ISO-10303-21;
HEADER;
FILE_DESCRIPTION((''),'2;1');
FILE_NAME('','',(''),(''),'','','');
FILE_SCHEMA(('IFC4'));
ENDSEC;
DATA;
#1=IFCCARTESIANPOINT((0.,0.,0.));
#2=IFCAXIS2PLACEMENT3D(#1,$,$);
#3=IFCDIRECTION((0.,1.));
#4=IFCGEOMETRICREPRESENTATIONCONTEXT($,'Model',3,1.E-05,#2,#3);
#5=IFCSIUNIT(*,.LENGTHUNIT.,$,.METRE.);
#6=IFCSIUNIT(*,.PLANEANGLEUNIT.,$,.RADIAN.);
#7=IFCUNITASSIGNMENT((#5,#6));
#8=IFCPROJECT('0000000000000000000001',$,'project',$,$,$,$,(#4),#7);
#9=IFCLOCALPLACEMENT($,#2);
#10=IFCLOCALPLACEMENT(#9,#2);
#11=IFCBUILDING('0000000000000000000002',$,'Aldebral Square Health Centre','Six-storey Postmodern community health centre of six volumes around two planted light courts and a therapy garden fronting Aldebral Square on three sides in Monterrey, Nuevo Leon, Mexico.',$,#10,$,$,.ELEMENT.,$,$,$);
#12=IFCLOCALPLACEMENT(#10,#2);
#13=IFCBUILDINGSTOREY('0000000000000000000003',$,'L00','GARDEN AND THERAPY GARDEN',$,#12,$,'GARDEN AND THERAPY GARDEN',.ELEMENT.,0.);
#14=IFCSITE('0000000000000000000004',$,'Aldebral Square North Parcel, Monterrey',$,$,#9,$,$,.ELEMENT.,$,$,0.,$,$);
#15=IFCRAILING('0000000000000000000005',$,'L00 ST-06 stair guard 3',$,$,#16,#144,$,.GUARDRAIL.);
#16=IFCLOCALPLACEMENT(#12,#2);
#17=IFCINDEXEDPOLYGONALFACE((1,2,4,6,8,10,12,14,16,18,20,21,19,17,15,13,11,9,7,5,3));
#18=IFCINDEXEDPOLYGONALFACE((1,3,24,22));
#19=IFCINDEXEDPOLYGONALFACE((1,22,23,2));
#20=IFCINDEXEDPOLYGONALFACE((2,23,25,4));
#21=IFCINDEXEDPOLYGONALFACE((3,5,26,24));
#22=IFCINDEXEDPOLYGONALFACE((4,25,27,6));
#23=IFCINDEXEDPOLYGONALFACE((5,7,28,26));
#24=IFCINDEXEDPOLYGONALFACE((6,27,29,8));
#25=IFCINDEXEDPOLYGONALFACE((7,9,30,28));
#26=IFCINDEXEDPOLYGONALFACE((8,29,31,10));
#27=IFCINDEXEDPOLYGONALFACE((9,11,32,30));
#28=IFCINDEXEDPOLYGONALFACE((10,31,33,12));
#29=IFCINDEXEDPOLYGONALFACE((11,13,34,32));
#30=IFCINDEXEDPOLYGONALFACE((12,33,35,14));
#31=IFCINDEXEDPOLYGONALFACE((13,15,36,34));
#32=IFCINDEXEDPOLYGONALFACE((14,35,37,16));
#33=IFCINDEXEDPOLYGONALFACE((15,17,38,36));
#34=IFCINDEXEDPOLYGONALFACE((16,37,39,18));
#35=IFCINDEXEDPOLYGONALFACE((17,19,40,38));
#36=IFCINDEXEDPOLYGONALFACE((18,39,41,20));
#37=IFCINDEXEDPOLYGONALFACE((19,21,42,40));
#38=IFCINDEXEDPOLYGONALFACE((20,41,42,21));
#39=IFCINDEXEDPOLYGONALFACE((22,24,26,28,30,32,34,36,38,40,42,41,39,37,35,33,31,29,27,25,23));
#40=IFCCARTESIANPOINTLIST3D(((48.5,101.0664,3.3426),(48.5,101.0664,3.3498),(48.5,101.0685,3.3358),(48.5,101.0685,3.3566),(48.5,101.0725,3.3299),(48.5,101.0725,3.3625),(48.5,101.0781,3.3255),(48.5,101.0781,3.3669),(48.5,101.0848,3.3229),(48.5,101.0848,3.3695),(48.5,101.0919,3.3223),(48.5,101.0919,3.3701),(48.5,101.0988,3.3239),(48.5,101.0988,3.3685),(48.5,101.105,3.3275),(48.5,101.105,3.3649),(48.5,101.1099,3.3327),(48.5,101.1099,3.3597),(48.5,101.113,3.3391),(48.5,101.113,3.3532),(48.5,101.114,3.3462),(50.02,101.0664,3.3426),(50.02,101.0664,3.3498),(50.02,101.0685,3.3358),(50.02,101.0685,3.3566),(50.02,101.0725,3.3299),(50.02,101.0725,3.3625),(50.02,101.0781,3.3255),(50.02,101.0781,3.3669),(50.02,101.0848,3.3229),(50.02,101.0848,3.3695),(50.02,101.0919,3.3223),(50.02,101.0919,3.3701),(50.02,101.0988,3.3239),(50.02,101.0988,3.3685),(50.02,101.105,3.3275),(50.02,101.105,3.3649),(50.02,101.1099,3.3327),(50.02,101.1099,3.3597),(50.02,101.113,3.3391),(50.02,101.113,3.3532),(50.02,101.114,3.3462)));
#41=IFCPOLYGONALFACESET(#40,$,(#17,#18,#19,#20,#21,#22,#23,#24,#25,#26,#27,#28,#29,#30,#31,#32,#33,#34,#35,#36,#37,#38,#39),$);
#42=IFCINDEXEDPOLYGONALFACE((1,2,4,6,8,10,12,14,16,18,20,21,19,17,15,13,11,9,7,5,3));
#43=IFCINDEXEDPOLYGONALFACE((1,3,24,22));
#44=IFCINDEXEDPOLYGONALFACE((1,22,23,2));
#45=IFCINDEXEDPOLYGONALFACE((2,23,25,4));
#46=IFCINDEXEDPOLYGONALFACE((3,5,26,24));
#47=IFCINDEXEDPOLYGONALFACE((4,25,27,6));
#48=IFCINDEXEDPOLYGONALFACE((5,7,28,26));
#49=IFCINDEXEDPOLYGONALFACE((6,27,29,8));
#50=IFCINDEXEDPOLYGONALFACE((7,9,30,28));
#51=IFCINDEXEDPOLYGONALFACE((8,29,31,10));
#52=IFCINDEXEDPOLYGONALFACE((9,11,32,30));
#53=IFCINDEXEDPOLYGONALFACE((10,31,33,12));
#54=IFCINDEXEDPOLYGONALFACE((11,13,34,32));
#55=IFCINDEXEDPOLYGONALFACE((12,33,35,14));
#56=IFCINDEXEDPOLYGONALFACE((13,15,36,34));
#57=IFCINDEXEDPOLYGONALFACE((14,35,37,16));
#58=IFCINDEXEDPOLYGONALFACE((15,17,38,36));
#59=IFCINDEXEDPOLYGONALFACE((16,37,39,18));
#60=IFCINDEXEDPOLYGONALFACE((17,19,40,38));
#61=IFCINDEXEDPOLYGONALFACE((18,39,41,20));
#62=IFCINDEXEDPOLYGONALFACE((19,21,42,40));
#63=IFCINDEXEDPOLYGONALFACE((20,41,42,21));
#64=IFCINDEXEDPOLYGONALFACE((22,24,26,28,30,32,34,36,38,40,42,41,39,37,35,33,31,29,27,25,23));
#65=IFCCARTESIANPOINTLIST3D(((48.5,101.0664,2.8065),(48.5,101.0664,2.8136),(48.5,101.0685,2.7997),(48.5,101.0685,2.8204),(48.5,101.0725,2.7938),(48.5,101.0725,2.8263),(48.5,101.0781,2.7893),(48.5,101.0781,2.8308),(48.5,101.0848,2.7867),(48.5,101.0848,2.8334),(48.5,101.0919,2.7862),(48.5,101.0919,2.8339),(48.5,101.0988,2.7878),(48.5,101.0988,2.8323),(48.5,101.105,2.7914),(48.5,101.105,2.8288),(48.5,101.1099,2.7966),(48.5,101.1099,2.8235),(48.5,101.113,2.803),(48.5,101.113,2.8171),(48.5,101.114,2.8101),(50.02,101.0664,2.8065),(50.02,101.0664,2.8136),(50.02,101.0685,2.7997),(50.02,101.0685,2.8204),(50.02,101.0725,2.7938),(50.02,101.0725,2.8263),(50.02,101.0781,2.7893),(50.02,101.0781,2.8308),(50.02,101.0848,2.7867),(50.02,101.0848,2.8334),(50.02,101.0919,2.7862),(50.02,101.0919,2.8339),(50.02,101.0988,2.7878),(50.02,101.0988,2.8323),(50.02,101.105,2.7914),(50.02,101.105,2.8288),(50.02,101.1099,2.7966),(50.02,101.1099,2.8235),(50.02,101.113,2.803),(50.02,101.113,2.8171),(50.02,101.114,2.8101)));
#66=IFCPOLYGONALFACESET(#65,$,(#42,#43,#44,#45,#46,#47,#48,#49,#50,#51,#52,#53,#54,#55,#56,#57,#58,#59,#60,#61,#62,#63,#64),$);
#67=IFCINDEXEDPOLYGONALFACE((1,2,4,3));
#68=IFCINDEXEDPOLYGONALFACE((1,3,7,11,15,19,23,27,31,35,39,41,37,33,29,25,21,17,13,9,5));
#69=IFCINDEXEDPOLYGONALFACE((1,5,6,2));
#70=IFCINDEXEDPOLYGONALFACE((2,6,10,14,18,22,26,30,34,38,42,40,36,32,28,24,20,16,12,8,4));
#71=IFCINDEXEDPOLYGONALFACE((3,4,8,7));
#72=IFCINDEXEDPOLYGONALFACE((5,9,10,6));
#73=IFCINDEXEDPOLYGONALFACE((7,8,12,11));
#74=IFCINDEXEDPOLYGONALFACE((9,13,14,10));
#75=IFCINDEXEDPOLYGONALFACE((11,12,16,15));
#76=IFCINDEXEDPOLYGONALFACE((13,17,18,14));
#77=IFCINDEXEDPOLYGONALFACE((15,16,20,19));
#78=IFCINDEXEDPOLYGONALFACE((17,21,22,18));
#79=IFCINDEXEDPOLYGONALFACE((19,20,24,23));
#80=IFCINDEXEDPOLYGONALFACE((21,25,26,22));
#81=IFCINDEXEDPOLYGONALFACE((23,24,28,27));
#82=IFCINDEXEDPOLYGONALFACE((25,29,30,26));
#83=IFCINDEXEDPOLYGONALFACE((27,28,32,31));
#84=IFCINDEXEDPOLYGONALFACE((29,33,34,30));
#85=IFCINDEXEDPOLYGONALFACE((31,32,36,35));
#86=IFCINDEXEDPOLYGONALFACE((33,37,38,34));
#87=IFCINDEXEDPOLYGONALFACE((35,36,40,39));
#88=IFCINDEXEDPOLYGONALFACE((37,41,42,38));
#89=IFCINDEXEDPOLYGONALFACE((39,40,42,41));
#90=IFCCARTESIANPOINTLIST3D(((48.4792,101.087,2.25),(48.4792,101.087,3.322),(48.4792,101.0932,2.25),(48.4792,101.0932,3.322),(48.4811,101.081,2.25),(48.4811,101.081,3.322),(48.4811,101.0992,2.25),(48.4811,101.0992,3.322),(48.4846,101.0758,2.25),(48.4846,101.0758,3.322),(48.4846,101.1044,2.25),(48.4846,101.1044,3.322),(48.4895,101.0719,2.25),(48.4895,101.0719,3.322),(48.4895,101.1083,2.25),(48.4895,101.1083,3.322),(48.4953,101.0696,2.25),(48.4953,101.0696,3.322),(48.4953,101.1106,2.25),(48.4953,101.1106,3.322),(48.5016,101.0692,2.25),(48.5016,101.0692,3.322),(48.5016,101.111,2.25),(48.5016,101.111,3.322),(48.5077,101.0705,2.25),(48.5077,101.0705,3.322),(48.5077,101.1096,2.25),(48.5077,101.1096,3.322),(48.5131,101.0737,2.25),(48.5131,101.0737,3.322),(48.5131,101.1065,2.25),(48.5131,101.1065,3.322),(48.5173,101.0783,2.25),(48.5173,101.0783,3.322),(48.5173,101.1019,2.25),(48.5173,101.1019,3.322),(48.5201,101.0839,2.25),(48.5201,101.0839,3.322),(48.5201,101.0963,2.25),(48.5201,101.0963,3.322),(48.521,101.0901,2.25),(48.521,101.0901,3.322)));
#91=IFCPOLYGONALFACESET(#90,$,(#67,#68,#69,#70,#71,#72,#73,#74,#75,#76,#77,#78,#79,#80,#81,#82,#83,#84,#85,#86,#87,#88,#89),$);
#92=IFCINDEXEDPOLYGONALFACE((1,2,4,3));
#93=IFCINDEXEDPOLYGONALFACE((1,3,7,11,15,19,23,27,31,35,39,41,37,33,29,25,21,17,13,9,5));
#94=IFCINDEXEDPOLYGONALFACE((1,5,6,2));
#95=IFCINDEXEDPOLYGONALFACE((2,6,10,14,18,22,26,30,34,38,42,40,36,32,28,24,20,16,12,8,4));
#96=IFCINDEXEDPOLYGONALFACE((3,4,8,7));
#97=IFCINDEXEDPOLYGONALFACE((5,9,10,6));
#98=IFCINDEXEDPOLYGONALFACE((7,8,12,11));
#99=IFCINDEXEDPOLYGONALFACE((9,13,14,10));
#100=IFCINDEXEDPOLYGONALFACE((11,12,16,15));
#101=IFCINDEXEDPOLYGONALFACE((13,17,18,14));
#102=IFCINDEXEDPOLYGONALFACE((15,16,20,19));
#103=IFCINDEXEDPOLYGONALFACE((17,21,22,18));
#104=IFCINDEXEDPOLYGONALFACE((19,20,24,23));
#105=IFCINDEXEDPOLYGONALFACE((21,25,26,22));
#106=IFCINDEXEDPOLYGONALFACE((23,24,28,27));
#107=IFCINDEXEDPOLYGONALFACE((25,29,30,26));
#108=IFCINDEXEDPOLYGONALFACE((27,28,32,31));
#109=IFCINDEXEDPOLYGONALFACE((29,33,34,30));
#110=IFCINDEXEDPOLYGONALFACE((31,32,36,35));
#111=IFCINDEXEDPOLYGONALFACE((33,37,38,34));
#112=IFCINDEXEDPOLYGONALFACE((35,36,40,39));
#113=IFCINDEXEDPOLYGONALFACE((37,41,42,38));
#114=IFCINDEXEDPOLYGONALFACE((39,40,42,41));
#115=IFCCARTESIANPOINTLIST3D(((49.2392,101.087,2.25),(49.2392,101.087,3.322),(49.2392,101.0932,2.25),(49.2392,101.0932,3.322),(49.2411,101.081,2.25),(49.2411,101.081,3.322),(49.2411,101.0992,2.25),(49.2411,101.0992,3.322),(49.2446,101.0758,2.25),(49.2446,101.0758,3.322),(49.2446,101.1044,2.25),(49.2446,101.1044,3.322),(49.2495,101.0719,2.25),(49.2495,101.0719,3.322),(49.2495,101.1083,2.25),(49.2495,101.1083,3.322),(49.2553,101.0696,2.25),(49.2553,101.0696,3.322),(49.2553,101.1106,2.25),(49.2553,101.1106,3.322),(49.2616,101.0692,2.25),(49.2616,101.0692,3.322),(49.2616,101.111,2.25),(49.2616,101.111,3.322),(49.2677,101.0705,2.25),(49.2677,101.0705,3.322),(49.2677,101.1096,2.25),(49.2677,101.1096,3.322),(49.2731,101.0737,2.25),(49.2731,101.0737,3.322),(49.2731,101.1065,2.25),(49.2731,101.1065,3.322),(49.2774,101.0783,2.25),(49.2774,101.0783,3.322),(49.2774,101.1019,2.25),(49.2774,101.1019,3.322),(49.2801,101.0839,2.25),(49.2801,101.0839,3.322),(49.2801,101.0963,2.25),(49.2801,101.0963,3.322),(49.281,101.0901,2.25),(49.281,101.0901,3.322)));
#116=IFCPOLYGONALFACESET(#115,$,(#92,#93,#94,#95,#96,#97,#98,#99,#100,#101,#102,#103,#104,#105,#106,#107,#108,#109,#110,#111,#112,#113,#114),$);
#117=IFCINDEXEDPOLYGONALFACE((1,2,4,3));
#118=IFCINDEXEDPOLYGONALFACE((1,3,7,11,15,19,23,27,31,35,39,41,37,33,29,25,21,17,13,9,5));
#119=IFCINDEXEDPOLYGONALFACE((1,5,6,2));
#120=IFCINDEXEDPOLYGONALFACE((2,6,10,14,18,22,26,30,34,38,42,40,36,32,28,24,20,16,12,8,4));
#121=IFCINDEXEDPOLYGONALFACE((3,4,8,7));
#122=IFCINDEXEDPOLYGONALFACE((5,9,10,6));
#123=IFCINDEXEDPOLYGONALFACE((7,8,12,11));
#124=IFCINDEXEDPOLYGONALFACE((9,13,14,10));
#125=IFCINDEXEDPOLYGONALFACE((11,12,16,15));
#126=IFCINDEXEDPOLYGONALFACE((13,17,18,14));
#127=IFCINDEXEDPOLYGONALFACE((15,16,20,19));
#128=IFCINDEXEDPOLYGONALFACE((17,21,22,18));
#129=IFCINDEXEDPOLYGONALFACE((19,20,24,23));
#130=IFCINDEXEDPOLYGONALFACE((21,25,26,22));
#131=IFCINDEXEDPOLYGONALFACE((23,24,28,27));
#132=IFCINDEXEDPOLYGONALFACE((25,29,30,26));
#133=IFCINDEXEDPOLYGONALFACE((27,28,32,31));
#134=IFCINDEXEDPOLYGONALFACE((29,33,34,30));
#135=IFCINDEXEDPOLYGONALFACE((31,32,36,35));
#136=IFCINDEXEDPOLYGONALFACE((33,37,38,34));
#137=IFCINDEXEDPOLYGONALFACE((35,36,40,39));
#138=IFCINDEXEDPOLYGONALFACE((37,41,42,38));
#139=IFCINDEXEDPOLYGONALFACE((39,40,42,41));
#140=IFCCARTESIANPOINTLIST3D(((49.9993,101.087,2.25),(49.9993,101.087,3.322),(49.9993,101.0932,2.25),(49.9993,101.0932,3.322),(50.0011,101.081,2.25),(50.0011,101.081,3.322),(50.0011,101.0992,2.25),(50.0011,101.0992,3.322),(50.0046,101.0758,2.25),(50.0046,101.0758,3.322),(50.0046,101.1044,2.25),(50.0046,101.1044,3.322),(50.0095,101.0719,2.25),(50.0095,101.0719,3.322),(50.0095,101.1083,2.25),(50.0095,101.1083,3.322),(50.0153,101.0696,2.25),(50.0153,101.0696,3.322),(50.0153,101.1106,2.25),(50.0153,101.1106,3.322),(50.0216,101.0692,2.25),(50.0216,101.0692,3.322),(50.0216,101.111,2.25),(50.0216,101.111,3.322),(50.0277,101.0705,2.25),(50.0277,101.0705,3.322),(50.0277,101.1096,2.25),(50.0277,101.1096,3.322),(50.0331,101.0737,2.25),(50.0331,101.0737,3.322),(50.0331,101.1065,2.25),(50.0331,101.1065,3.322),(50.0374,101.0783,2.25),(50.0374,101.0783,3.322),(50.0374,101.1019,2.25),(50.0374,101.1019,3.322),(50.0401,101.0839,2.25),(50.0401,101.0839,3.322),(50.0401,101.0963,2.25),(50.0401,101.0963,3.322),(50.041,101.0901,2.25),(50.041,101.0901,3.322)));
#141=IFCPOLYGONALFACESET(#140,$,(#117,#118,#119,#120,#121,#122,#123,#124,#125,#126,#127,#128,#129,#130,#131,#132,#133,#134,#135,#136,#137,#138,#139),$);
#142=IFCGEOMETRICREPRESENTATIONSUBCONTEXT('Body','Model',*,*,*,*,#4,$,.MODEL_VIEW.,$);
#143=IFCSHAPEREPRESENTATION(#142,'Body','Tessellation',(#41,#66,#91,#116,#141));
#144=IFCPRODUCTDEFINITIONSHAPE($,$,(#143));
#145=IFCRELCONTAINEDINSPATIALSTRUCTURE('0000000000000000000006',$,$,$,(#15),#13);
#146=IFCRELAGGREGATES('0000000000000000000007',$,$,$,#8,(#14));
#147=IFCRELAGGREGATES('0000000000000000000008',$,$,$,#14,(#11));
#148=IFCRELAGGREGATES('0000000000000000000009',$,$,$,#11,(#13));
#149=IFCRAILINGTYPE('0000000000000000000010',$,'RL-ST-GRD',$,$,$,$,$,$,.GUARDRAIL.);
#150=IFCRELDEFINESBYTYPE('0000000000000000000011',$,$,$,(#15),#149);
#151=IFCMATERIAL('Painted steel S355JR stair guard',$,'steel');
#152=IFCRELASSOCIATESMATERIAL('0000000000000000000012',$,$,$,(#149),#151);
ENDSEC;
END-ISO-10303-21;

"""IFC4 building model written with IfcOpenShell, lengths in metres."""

from ifc_helpers import new_model, si_unit, direction, frame, origin, origin_2d, place, context, subcontext, project, spatial, circle, extrude, material, type_object, element, save


model = new_model("IFC4")

# Units and contexts
model_context = context("Model", 3, precision=1e-05, world=origin(), true_north=direction((0.0, 1.0)))
body_context = subcontext(model_context, "Body", "Model", "MODEL_VIEW")
ifc_project = project(units=[si_unit("LENGTHUNIT", "METRE"), si_unit("PLANEANGLEUNIT", "RADIAN")], contexts=[model_context])

# Site, building, storey
site_placement = place(None, origin())
site = spatial("IfcSite", under=ifc_project, at=site_placement, Name="Aldebral Square North Parcel, Monterrey", CompositionType="ELEMENT", RefElevation=0.0)
building_placement = place(site_placement, origin())
building = spatial("IfcBuilding", under=site, at=building_placement, Name="Aldebral Square Health Centre", Description="Six-storey Postmodern community health centre of six volumes around two planted light courts and a therapy garden fronting Aldebral Square on three sides in Monterrey, Nuevo Leon, Mexico.", CompositionType="ELEMENT")
storey_placement = place(building_placement, origin())
storey = spatial("IfcBuildingStorey", under=building, at=storey_placement, Name="L00", Description="GARDEN AND THERAPY GARDEN", LongName="GARDEN AND THERAPY GARDEN", CompositionType="ELEMENT", Elevation=0.0)

# Railing
ifc_material_1 = material(Name="Painted steel S355JR stair guard", Category="steel")
railing_type_1 = type_object("IfcRailingType", Name="RL-ST-GRD", PredefinedType="GUARDRAIL", material=ifc_material_1)
for number, where, name in (
    (1, (48.5, 101.0901, 2.25), "L00 ST-06 stair guard 3"),
):
    element("IfcRailing", number, at=place(storey_placement, frame(where)), inside=storey, type_object=railing_type_1, Name=name, PredefinedType="GUARDRAIL", context=body_context, shape_type="SweptSolid", body=[
        extrude(circle(Radius=0.0239, at=origin_2d()), frame((0.0, 0.0, 1.0962), z_axis=(1.0, 0.0, 0.0), x_axis=(0.0, 1.0, 0.0)), (0.0, 0.0, 1.0), 1.52),
        extrude(circle(Radius=0.0239, at=origin_2d()), frame((0.0, 0.0, 0.5601), z_axis=(1.0, 0.0, 0.0), x_axis=(0.0, 1.0, 0.0)), (0.0, 0.0, 1.0), 1.52),
        extrude(circle(Radius=0.021, at=origin_2d()), origin(), (0.0, 0.0, 1.0), 1.072),
        extrude(circle(Radius=0.021, at=origin_2d()), frame((0.76, 0.0, 0.0)), (0.0, 0.0, 1.0), 1.072),
        extrude(circle(Radius=0.021, at=origin_2d()), frame((1.52, 0.0, 0.0)), (0.0, 0.0, 1.0), 1.072),
    ])

save(model, "model.ifc")
